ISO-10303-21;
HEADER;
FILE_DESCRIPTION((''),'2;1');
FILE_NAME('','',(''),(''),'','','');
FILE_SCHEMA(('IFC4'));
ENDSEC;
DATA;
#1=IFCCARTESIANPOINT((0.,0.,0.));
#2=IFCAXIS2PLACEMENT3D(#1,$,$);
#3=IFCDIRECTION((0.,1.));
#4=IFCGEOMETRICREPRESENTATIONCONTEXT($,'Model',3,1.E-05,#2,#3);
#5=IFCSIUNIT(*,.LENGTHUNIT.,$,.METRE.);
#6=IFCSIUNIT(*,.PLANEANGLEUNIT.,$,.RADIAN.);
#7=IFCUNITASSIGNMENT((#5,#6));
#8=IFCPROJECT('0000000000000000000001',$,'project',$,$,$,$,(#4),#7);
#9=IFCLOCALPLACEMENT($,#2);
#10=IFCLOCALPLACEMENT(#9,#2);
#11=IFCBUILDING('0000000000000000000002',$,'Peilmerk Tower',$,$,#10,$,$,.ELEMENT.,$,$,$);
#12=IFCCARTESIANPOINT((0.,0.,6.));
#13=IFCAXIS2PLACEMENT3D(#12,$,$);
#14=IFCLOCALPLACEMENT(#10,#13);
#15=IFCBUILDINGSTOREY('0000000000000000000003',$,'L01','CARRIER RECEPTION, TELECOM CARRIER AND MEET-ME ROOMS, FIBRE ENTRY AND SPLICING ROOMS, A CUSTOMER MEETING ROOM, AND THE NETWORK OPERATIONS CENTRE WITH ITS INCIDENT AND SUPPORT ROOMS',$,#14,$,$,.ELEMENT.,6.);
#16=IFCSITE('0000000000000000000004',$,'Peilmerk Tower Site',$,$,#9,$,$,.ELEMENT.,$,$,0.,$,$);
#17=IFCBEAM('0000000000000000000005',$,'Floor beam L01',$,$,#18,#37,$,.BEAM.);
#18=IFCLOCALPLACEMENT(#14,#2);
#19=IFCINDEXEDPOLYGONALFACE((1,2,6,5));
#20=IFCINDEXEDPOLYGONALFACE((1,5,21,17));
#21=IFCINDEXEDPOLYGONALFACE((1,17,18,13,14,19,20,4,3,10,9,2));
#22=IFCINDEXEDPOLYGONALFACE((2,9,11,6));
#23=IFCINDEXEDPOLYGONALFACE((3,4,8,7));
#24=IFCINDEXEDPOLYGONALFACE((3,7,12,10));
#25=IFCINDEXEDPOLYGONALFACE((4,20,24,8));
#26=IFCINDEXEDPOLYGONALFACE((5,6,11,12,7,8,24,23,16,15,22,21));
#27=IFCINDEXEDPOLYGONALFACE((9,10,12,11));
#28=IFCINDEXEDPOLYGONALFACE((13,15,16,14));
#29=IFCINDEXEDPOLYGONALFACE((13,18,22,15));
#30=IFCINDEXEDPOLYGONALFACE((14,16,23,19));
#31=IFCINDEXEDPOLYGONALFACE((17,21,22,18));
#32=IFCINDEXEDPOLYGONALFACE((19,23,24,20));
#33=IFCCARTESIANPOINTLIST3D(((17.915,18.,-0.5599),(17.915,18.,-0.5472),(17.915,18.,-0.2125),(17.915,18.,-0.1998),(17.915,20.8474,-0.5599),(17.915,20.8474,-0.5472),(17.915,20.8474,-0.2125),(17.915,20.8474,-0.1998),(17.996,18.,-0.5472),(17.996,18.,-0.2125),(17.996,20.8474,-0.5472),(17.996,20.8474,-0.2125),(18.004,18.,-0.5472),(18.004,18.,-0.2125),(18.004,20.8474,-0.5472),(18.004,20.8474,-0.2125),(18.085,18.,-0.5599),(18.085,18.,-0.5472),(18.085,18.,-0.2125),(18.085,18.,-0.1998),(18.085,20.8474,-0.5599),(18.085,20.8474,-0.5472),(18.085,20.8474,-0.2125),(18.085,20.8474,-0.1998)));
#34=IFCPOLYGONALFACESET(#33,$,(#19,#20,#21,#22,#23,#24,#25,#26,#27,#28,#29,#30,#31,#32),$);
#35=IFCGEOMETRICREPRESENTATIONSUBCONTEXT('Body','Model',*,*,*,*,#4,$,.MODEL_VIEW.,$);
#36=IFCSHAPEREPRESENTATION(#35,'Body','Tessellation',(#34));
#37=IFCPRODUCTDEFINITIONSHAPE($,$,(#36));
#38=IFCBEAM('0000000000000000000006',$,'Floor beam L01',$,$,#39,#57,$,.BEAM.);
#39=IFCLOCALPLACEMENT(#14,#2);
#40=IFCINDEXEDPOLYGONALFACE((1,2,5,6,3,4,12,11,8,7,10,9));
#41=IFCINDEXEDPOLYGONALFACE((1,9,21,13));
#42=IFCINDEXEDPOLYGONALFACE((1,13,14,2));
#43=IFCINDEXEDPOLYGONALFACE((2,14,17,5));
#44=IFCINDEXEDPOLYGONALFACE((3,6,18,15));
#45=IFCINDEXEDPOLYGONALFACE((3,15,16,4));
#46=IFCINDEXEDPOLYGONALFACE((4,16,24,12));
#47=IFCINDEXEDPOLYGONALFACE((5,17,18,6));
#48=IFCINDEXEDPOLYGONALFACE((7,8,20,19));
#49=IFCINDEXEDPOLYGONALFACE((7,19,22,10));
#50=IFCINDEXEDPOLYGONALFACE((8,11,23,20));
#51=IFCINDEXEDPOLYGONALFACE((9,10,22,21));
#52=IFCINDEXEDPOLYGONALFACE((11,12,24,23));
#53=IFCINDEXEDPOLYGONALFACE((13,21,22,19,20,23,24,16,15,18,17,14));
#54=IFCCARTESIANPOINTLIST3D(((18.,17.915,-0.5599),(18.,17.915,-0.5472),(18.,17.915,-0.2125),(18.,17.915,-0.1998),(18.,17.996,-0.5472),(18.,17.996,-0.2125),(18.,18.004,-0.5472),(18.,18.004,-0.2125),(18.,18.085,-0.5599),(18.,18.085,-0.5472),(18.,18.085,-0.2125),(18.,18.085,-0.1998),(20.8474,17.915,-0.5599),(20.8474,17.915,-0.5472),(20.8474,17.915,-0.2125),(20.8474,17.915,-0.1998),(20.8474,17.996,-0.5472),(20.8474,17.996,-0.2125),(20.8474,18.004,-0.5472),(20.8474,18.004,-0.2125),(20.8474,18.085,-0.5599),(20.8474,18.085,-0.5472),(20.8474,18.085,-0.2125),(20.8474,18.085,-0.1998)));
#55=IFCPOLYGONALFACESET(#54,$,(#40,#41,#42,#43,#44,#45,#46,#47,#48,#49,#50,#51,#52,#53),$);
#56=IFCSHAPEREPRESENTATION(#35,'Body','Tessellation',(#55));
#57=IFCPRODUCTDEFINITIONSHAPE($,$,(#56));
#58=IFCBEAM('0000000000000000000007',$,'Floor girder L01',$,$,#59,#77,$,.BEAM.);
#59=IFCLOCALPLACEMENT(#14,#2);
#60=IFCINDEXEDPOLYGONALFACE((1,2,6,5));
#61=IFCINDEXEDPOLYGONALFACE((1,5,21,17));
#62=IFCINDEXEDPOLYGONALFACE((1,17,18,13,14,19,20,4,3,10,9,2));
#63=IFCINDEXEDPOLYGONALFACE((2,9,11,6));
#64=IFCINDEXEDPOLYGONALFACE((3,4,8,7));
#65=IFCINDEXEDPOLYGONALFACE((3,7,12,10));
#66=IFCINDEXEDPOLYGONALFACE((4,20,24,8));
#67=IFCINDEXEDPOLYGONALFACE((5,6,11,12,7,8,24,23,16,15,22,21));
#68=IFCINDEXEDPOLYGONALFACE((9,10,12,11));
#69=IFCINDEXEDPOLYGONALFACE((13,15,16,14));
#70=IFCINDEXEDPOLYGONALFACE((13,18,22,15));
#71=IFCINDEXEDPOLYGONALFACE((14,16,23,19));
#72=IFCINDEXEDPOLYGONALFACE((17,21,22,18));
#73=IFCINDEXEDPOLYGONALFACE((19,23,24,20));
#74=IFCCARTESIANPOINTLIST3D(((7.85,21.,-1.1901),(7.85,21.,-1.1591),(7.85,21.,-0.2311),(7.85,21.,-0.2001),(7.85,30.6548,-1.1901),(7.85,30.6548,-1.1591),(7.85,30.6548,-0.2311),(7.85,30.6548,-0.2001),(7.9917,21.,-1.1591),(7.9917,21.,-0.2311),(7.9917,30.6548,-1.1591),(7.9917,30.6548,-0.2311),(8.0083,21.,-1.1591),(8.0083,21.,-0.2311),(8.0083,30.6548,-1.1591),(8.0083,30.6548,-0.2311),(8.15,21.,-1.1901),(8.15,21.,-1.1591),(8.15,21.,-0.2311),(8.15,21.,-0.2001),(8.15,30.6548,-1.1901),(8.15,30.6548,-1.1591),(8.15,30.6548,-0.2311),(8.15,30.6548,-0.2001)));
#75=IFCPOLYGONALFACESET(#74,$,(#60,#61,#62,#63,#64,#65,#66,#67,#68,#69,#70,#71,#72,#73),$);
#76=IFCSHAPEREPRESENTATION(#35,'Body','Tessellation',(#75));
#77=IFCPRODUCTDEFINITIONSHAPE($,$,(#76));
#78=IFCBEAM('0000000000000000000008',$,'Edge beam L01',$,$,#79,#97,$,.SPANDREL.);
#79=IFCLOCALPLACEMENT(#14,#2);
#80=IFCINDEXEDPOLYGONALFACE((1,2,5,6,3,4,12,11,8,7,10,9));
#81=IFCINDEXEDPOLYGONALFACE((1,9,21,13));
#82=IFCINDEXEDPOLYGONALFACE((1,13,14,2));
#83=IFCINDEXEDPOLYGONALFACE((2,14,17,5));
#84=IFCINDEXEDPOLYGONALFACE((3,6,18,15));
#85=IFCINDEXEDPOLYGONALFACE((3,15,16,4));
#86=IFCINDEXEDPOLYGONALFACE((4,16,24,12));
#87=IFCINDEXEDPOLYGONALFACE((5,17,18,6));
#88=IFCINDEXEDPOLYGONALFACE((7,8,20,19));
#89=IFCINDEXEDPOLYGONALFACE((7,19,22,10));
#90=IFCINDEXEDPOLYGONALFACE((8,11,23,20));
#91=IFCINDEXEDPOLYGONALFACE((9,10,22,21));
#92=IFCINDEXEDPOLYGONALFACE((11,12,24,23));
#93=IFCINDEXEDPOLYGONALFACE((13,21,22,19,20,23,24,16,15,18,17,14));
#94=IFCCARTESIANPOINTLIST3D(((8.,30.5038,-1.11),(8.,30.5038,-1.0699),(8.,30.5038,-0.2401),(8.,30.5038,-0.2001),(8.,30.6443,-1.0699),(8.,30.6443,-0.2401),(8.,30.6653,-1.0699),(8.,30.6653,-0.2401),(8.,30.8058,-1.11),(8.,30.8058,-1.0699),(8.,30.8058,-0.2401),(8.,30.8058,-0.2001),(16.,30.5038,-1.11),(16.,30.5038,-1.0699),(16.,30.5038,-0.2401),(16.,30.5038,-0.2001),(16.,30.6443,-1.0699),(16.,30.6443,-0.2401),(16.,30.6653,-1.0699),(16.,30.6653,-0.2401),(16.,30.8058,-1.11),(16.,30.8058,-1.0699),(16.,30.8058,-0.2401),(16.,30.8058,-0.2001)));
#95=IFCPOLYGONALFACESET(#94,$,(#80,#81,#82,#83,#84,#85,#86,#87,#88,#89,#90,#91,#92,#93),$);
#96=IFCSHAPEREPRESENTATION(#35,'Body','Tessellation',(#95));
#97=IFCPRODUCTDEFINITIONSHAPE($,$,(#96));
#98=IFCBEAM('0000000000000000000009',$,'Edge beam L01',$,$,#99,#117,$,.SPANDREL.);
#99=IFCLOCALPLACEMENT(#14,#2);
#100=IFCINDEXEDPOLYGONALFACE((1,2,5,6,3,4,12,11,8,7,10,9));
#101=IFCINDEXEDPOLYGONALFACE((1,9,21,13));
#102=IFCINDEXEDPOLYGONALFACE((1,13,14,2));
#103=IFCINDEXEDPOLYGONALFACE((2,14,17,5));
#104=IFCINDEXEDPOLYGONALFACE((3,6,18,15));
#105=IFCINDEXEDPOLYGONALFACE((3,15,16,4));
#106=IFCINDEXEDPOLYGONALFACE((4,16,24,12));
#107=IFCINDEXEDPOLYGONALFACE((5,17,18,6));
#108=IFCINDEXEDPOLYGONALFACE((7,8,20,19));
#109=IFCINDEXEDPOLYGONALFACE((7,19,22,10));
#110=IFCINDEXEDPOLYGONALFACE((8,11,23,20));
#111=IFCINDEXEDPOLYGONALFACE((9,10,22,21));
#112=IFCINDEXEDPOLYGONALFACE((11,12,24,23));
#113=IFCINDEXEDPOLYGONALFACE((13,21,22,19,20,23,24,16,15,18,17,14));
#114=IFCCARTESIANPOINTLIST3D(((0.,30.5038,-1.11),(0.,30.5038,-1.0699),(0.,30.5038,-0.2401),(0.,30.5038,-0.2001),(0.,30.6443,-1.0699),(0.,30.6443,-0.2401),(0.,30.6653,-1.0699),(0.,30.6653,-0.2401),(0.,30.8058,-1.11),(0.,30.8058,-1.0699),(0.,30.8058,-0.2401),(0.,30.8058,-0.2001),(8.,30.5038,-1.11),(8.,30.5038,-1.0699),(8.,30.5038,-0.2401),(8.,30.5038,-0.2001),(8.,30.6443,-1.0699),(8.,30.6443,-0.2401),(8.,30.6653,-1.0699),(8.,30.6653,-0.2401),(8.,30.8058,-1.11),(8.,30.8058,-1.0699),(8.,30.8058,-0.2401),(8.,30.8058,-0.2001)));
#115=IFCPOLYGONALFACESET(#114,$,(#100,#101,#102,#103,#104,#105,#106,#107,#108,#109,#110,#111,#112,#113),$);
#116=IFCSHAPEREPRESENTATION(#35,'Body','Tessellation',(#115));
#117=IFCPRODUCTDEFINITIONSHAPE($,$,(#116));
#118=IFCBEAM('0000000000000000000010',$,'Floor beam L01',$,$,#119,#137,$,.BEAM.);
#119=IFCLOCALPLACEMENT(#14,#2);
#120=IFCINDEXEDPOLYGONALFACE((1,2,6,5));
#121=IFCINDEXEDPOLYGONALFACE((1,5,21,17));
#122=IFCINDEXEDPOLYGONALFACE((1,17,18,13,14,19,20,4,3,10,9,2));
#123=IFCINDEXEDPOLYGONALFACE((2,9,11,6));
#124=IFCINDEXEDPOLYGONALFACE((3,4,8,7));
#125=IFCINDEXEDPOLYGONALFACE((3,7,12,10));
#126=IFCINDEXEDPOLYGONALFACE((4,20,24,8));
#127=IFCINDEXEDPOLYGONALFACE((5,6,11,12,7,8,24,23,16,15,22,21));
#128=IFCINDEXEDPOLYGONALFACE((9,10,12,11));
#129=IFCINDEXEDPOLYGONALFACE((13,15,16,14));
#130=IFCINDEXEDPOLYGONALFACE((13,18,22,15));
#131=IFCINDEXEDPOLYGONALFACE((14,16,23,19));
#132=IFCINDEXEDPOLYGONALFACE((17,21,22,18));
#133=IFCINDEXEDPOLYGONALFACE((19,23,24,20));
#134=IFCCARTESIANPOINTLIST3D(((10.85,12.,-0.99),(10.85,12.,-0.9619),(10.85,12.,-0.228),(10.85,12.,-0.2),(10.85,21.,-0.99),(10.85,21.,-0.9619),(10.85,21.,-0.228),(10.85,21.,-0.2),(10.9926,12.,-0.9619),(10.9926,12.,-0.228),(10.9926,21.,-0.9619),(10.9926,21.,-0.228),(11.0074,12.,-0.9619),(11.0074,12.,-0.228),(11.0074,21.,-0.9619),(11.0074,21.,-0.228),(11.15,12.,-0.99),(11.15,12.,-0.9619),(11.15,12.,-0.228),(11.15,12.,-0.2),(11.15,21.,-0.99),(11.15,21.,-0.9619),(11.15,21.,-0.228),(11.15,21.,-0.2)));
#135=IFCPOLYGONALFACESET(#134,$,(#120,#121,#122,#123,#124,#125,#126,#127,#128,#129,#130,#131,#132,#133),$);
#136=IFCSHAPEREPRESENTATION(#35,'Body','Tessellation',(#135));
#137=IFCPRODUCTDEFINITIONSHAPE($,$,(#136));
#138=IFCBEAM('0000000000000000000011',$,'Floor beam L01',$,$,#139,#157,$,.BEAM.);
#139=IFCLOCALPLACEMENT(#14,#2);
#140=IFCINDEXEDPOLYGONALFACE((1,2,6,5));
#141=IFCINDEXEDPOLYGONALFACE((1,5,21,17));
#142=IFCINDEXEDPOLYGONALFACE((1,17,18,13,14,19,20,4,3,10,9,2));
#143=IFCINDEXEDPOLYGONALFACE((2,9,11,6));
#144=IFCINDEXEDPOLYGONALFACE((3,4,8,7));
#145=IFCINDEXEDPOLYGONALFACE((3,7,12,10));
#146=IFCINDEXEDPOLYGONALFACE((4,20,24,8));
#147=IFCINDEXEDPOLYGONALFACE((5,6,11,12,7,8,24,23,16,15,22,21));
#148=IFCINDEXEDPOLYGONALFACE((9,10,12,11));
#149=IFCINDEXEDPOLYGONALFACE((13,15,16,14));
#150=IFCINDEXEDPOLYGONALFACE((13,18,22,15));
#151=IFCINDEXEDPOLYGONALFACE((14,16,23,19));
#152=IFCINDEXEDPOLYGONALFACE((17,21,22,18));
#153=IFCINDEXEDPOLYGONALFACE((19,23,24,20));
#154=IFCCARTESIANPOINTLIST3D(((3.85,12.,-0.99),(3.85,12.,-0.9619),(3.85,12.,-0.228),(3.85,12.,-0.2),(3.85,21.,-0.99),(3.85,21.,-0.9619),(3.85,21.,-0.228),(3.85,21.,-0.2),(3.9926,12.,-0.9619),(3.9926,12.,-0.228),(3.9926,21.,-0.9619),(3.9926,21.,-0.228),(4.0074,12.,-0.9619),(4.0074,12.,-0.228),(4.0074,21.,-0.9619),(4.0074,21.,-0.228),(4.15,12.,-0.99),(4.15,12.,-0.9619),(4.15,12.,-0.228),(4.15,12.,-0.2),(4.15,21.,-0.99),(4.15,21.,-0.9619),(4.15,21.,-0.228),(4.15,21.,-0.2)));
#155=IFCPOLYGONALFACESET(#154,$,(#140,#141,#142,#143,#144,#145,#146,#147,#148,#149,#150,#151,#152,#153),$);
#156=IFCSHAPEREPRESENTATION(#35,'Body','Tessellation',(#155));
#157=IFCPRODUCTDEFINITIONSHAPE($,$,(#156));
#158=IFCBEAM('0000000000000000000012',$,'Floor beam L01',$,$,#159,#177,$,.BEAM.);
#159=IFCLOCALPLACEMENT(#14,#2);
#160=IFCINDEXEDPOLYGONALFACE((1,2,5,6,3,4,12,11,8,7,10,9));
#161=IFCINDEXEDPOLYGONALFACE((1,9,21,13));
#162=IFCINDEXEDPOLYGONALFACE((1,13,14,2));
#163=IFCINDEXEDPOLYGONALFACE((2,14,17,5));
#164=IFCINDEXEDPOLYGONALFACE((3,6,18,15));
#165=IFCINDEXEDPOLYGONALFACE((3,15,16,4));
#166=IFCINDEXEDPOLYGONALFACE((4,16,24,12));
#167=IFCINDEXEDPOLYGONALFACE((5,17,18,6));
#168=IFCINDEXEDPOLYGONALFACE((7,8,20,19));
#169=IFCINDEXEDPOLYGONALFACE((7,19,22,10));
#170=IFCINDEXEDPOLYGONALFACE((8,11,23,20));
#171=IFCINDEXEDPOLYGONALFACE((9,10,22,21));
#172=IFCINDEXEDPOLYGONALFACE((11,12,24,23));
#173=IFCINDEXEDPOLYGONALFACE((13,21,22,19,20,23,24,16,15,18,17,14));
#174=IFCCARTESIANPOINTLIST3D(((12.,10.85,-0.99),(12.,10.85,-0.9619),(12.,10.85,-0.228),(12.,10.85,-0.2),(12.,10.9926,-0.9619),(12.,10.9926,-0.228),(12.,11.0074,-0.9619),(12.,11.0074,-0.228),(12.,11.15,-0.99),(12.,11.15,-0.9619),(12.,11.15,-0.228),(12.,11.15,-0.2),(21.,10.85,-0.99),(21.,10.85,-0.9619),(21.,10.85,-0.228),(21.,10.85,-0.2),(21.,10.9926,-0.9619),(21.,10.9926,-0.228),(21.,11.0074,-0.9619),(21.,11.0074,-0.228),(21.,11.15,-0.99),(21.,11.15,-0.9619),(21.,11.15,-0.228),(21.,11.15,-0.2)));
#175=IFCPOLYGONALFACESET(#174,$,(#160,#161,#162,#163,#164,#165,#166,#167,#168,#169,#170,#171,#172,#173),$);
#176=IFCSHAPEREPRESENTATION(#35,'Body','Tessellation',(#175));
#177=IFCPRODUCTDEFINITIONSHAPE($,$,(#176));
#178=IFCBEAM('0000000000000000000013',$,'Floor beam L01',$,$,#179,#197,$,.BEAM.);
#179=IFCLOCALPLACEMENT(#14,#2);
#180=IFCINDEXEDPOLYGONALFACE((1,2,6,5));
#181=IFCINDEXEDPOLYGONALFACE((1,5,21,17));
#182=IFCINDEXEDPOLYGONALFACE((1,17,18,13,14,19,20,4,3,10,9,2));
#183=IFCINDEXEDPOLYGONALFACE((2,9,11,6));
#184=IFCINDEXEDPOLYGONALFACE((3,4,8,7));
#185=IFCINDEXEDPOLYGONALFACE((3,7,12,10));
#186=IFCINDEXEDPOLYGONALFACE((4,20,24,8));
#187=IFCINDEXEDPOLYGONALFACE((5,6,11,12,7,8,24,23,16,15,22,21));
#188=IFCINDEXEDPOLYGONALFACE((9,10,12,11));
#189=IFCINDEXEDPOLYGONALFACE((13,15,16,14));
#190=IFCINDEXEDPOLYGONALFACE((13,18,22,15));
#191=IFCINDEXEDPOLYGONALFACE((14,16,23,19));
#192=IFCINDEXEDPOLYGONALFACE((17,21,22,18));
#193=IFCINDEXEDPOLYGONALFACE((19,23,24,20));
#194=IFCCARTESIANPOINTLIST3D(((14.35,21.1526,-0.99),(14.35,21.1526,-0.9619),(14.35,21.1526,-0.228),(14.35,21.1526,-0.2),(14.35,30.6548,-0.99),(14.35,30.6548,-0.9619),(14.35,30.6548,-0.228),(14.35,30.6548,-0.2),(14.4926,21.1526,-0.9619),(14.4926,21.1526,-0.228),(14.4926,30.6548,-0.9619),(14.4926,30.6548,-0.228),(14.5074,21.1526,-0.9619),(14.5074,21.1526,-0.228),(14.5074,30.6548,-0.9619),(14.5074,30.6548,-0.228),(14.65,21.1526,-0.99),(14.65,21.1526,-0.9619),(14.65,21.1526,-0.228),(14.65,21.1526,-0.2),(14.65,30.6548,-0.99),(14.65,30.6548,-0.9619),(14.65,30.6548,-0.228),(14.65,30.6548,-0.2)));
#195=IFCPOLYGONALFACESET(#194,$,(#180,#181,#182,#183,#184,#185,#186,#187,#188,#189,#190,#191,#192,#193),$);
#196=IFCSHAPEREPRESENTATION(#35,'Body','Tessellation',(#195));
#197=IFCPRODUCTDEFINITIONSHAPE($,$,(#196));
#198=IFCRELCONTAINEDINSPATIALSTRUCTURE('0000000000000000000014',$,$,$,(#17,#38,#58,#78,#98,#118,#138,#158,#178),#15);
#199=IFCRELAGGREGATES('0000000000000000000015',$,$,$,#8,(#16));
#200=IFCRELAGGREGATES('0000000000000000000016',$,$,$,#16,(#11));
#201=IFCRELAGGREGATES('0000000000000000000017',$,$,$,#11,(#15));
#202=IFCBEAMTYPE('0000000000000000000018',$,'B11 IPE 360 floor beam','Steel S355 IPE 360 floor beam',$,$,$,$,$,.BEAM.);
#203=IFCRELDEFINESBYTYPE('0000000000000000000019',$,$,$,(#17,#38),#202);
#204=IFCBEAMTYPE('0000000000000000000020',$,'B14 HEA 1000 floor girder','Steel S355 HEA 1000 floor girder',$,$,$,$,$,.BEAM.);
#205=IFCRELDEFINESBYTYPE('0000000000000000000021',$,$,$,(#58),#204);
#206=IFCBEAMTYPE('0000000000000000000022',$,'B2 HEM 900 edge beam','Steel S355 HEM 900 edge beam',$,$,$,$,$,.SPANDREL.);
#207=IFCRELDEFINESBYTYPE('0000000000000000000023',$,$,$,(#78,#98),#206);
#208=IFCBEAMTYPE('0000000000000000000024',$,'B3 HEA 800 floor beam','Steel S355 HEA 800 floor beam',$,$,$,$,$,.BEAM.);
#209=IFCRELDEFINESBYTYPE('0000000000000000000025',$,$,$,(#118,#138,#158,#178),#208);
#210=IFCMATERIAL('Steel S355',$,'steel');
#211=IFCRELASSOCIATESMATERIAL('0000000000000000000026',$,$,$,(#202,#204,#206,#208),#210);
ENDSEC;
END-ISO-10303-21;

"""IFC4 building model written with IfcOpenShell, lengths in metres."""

from ifc_helpers import new_model, si_unit, direction, frame, origin, origin_2d, place, context, subcontext, project, spatial, i_section, extrude, material, material_profile, profile_set, type_object, element, save


model = new_model("IFC4")

# Units and contexts
model_context = context("Model", 3, precision=1e-05, world=origin(), true_north=direction((0.0, 1.0)))
body_context = subcontext(model_context, "Body", "Model", "MODEL_VIEW")
ifc_project = project(units=[si_unit("LENGTHUNIT", "METRE"), si_unit("PLANEANGLEUNIT", "RADIAN")], contexts=[model_context])

# Site, building, storey
site_placement = place(None, origin())
site = spatial("IfcSite", under=ifc_project, at=site_placement, Name="Peilmerk Tower Site", CompositionType="ELEMENT", RefElevation=0.0)
building_placement = place(site_placement, origin())
building = spatial("IfcBuilding", under=site, at=building_placement, Name="Peilmerk Tower", CompositionType="ELEMENT")
storey_placement = place(building_placement, frame((0.0, 0.0, 6.0)))
storey = spatial("IfcBuildingStorey", under=building, at=storey_placement, Name="L01", Description="CARRIER RECEPTION, TELECOM CARRIER AND MEET-ME ROOMS, FIBRE ENTRY AND SPLICING ROOMS, A CUSTOMER MEETING ROOM, AND THE NETWORK OPERATIONS CENTRE WITH ITS INCIDENT AND SUPPORT ROOMS", CompositionType="ELEMENT", Elevation=6.0)

# Beams
ifc_material_1 = material(Name="Steel S355", Category="steel")
ifc_material_profile_1 = material_profile(ifc_material_1, i_section(OverallWidth=0.1699, OverallDepth=0.3601, WebThickness=0.0081, FlangeThickness=0.0127, at=origin_2d()), Name="IPE 360")
ifc_profile_set_1 = profile_set([ifc_material_profile_1], Name="Steel S355")
beam_type_1 = type_object("IfcBeamType", Name="B11 IPE 360 floor beam", Description="Steel S355 IPE 360 floor beam", PredefinedType="BEAM", material=ifc_profile_set_1)
for number, where, z_axis, x_axis, name in (
    (1, (18.0, 18.0, -0.3799), (0.0, 1.0, 0.0), (-1.0, 0.0, 0.0), "Floor beam L01"),
    (2, (18.0, 18.0, -0.3799), (1.0, 0.0, 0.0), (0.0, 1.0, 0.0), "Floor beam L01"),
):
    element("IfcBeam", number, at=place(storey_placement, frame(where, z_axis=z_axis, x_axis=x_axis)), inside=storey, type_object=beam_type_1, Name=name, PredefinedType="BEAM", context=body_context, shape_type="SweptSolid", body=[
        extrude(i_section(OverallWidth=0.1699, OverallDepth=0.3601, WebThickness=0.0081, FlangeThickness=0.0127, at=origin_2d()), origin(), (0.0, 0.0, 1.0), 2.8474),
    ])
ifc_material_profile_2 = material_profile(ifc_material_1, i_section(OverallWidth=0.3, OverallDepth=0.99, WebThickness=0.0166, FlangeThickness=0.031, at=origin_2d()), Name="HEA 1000")
ifc_profile_set_2 = profile_set([ifc_material_profile_2], Name="Steel S355")
beam_type_2 = type_object("IfcBeamType", Name="B14 HEA 1000 floor girder", Description="Steel S355 HEA 1000 floor girder", PredefinedType="BEAM", material=ifc_profile_set_2)
beam_1_placement = place(storey_placement, frame((8.0, 21.0, -0.6951), z_axis=(0.0, 1.0, 0.0), x_axis=(-1.0, 0.0, 0.0)))
element("IfcBeam", 3, at=beam_1_placement, inside=storey, type_object=beam_type_2, Name="Floor girder L01", PredefinedType="BEAM", context=body_context, shape_type="SweptSolid", body=[
    extrude(i_section(OverallWidth=0.3, OverallDepth=0.99, WebThickness=0.0166, FlangeThickness=0.031, at=origin_2d()), origin(), (0.0, 0.0, 1.0), 9.6548),
])
ifc_material_profile_3 = material_profile(ifc_material_1, i_section(OverallWidth=0.302, OverallDepth=0.9099, WebThickness=0.021, FlangeThickness=0.04, at=origin_2d()), Name="HEM 900")
ifc_profile_set_3 = profile_set([ifc_material_profile_3], Name="Steel S355")
beam_type_3 = type_object("IfcBeamType", Name="B2 HEM 900 edge beam", Description="Steel S355 HEM 900 edge beam", PredefinedType="SPANDREL", material=ifc_profile_set_3)
for number, where, z_axis, x_axis, name in (
    (4, (16.0, 30.6548, -0.655), (-1.0, 0.0, 0.0), (0.0, -1.0, 0.0), "Edge beam L01"),
    (5, (8.0, 30.6548, -0.655), (-1.0, 0.0, 0.0), (0.0, -1.0, 0.0), "Edge beam L01"),
):
    element("IfcBeam", number, at=place(storey_placement, frame(where, z_axis=z_axis, x_axis=x_axis)), inside=storey, type_object=beam_type_3, Name=name, PredefinedType="SPANDREL", context=body_context, shape_type="SweptSolid", body=[
        extrude(i_section(OverallWidth=0.302, OverallDepth=0.9099, WebThickness=0.021, FlangeThickness=0.04, at=origin_2d()), origin(), (0.0, 0.0, 1.0), 8.0),
    ])
ifc_material_profile_4 = material_profile(ifc_material_1, i_section(OverallWidth=0.3, OverallDepth=0.79, WebThickness=0.0149, FlangeThickness=0.0281, at=origin_2d()), Name="HEA 800")
ifc_profile_set_4 = profile_set([ifc_material_profile_4], Name="Steel S355")
beam_type_4 = type_object("IfcBeamType", Name="B3 HEA 800 floor beam", Description="Steel S355 HEA 800 floor beam", PredefinedType="BEAM", material=ifc_profile_set_4)
for number, where, z_axis, x_axis, name in (
    (6, (11.0, 12.0, -0.595), (0.0, 1.0, 0.0), (-1.0, 0.0, 0.0), "Floor beam L01"),
    (7, (4.0, 12.0, -0.595), (0.0, 1.0, 0.0), (-1.0, 0.0, 0.0), "Floor beam L01"),
    (8, (12.0, 11.0, -0.595), (1.0, 0.0, 0.0), (0.0, 1.0, 0.0), "Floor beam L01"),
):
    element("IfcBeam", number, at=place(storey_placement, frame(where, z_axis=z_axis, x_axis=x_axis)), inside=storey, type_object=beam_type_4, Name=name, PredefinedType="BEAM", context=body_context, shape_type="SweptSolid", body=[
        extrude(i_section(OverallWidth=0.3, OverallDepth=0.79, WebThickness=0.0149, FlangeThickness=0.0281, at=origin_2d()), origin(), (0.0, 0.0, 1.0), 9.0),
    ])
for number, where, z_axis, x_axis, name in (
    (9, (14.5, 21.1526, -0.595), (0.0, 1.0, 0.0), (-1.0, 0.0, 0.0), "Floor beam L01"),
):
    element("IfcBeam", number, at=place(storey_placement, frame(where, z_axis=z_axis, x_axis=x_axis)), inside=storey, type_object=beam_type_4, Name=name, PredefinedType="BEAM", context=body_context, shape_type="SweptSolid", body=[
        extrude(i_section(OverallWidth=0.3, OverallDepth=0.79, WebThickness=0.0149, FlangeThickness=0.0281, at=origin_2d()), origin(), (0.0, 0.0, 1.0), 9.5022),
    ])

save(model, "model.ifc")
